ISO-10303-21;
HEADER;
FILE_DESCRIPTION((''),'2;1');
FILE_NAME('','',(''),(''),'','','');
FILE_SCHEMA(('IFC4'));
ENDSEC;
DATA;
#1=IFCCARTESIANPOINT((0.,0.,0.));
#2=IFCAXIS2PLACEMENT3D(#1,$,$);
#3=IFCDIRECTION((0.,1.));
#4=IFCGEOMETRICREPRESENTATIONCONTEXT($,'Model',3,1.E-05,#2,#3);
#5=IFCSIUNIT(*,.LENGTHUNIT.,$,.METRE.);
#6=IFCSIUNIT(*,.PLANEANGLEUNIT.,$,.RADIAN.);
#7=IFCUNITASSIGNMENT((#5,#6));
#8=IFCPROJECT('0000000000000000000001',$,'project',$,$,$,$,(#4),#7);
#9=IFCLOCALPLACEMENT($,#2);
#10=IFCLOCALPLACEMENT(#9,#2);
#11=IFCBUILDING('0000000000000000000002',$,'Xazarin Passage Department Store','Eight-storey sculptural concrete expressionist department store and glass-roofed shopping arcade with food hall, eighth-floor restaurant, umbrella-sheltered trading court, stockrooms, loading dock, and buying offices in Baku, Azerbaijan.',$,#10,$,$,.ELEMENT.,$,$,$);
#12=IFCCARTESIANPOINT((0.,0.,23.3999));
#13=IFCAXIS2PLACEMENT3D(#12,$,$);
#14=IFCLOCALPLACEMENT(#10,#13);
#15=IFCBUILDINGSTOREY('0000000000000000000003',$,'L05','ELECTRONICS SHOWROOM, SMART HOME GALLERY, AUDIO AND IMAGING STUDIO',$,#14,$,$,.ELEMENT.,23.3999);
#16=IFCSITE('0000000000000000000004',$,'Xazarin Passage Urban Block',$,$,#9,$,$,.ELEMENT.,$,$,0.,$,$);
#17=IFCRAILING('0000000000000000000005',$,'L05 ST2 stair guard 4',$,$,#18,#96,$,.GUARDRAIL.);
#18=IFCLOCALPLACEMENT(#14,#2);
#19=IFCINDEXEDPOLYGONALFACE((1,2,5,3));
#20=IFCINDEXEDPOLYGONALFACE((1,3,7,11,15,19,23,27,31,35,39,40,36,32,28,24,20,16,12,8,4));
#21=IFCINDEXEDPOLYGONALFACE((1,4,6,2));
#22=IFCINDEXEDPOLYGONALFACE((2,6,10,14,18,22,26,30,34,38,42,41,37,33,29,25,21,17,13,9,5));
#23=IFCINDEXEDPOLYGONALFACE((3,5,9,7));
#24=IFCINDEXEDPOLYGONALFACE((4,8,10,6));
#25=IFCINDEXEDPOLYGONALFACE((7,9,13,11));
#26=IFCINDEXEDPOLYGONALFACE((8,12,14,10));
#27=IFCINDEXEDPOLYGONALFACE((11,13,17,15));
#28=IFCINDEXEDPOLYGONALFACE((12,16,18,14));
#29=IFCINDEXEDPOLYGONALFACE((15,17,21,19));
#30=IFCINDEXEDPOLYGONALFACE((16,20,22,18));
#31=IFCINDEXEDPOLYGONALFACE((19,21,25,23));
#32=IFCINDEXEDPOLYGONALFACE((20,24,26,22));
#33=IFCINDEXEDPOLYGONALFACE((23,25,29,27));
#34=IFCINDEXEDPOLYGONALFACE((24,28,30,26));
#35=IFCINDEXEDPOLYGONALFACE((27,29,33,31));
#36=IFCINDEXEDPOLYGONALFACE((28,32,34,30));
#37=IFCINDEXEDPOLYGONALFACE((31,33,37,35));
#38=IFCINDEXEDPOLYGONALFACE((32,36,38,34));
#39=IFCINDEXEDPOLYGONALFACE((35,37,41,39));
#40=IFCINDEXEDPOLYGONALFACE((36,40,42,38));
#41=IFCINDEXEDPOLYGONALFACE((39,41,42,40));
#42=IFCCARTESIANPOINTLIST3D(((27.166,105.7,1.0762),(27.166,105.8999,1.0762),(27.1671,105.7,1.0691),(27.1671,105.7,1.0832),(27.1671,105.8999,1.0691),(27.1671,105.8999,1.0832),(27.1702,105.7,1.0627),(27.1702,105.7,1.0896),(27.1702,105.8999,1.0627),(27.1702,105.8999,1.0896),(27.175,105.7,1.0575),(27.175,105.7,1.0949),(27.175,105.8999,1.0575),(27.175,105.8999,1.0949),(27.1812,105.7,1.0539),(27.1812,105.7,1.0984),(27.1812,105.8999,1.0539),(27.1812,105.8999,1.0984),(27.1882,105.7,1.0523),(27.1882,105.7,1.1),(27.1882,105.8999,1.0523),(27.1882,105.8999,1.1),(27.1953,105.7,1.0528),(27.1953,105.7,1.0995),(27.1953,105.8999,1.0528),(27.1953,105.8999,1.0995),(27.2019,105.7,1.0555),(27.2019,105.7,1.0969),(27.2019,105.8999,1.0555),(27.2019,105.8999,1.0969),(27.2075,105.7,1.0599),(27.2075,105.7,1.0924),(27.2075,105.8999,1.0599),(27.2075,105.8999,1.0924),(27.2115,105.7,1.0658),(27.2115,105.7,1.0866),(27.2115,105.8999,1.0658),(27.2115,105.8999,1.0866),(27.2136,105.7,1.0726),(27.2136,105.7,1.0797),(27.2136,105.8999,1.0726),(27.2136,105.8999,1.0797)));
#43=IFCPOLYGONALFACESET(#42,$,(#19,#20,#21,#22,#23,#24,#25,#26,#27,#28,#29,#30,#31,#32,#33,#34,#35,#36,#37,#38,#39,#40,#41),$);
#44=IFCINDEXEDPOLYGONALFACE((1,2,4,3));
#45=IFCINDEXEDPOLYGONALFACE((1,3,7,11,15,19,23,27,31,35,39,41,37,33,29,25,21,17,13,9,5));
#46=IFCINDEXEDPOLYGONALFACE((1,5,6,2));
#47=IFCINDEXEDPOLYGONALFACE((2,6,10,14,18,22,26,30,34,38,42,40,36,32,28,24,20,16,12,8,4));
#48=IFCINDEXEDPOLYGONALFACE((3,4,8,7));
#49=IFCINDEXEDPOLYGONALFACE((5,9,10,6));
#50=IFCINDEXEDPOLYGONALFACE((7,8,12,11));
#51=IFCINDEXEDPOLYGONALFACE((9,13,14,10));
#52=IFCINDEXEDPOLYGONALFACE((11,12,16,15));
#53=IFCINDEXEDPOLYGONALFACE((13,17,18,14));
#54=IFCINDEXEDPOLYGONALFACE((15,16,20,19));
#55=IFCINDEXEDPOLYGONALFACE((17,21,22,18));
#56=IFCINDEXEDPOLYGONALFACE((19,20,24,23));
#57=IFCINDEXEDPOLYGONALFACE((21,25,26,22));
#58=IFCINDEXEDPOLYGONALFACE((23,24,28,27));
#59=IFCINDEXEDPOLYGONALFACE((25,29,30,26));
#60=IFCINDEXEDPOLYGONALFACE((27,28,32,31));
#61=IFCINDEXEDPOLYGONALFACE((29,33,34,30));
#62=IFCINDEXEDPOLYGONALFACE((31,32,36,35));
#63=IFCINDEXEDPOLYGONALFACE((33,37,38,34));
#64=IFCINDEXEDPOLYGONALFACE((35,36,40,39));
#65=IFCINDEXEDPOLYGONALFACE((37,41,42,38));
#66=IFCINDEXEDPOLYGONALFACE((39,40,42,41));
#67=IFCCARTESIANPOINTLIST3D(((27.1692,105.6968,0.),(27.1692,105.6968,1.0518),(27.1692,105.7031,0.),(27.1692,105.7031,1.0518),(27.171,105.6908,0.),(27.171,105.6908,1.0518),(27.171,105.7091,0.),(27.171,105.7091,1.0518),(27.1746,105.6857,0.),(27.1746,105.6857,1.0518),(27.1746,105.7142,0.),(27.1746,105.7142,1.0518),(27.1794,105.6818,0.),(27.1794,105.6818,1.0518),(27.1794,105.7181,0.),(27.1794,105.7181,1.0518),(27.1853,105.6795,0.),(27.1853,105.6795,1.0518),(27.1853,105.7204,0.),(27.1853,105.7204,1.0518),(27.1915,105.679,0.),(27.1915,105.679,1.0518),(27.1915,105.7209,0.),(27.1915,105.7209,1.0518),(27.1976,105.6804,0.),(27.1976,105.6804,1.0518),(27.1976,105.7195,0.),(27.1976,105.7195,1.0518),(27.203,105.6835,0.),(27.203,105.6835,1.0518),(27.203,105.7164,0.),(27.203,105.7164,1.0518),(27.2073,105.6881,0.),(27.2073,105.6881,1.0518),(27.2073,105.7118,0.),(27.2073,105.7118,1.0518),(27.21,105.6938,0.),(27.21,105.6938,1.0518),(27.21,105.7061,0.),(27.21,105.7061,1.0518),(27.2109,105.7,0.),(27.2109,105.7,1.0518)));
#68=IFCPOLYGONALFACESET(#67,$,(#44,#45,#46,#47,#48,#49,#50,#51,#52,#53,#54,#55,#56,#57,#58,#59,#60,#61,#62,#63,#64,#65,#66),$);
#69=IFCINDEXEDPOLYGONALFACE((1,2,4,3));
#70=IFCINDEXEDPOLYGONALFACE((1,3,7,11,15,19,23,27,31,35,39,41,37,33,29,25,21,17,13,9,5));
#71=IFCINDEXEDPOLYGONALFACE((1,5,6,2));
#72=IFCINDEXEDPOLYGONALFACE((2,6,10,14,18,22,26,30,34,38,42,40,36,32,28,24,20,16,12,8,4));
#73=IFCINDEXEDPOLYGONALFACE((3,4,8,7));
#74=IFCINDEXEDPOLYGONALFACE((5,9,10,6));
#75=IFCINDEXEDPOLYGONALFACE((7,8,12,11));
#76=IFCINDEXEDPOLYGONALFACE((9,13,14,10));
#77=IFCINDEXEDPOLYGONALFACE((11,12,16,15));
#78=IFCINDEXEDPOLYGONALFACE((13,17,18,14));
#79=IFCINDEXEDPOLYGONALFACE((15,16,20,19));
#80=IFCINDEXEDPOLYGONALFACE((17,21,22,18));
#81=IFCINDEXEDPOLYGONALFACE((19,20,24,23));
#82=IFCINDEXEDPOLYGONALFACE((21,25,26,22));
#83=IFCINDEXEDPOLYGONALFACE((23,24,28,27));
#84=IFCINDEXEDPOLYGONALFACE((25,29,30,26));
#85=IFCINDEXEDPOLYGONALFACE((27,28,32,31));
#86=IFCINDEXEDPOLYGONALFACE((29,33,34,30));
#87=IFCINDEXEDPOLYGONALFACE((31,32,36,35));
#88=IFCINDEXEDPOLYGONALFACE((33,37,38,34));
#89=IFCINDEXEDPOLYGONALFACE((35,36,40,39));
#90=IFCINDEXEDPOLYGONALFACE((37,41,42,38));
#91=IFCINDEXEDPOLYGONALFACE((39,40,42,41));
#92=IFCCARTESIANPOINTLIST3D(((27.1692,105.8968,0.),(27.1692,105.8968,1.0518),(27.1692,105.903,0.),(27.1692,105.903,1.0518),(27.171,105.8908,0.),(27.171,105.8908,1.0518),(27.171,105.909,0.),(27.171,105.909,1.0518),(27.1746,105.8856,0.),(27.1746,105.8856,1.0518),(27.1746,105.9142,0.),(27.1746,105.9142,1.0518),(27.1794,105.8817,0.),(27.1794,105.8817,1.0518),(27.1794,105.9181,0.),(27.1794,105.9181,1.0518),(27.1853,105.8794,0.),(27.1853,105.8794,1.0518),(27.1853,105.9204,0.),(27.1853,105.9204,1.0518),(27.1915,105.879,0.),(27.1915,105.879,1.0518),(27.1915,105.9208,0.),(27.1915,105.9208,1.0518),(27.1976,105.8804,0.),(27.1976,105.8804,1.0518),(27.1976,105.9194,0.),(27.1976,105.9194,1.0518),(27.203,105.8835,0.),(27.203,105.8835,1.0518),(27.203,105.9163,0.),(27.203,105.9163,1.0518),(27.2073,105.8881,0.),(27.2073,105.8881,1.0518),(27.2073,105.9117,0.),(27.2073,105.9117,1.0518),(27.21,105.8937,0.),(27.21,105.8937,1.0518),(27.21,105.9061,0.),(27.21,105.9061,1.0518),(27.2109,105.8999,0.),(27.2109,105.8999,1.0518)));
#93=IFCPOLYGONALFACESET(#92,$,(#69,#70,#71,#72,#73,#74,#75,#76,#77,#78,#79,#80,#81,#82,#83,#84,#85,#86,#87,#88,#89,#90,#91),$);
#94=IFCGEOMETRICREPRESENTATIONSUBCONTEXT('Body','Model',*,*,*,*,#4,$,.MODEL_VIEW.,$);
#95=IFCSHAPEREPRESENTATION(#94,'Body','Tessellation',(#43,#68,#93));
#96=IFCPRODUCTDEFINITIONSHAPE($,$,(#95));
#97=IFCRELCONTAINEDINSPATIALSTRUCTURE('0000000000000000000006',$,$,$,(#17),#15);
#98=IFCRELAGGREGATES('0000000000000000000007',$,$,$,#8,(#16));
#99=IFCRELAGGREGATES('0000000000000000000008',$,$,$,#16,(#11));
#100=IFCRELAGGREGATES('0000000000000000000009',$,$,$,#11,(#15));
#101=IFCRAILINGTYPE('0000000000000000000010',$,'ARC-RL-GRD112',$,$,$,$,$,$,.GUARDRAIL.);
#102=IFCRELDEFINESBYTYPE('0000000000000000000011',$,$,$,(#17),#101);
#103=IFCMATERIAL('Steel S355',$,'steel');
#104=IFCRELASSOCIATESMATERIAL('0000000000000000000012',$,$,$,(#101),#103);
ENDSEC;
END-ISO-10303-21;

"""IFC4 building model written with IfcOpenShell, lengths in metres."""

from ifc_helpers import new_model, si_unit, direction, frame, origin, origin_2d, place, context, subcontext, project, spatial, circle, extrude, material, type_object, element, save


model = new_model("IFC4")

# Units and contexts
model_context = context("Model", 3, precision=1e-05, world=origin(), true_north=direction((0.0, 1.0)))
body_context = subcontext(model_context, "Body", "Model", "MODEL_VIEW")
ifc_project = project(units=[si_unit("LENGTHUNIT", "METRE"), si_unit("PLANEANGLEUNIT", "RADIAN")], contexts=[model_context])

# Site, building, storey
site_placement = place(None, origin())
site = spatial("IfcSite", under=ifc_project, at=site_placement, Name="Xazarin Passage Urban Block", CompositionType="ELEMENT", RefElevation=0.0)
building_placement = place(site_placement, origin())
building = spatial("IfcBuilding", under=site, at=building_placement, Name="Xazarin Passage Department Store", Description="Eight-storey sculptural concrete expressionist department store and glass-roofed shopping arcade with food hall, eighth-floor restaurant, umbrella-sheltered trading court, stockrooms, loading dock, and buying offices in Baku, Azerbaijan.", CompositionType="ELEMENT")
storey_placement = place(building_placement, frame((0.0, 0.0, 23.3999)))
storey = spatial("IfcBuildingStorey", under=building, at=storey_placement, Name="L05", Description="ELECTRONICS SHOWROOM, SMART HOME GALLERY, AUDIO AND IMAGING STUDIO", CompositionType="ELEMENT", Elevation=23.3999)

# Railing
ifc_material_1 = material(Name="Steel S355", Category="steel")
railing_type_1 = type_object("IfcRailingType", Name="ARC-RL-GRD112", PredefinedType="GUARDRAIL", material=ifc_material_1)
railing_1_placement = place(storey_placement, frame((27.1899, 105.7, 0.0)))
element("IfcRailing", 1, at=railing_1_placement, inside=storey, type_object=railing_type_1, Name="L05 ST2 stair guard 4", PredefinedType="GUARDRAIL", context=body_context, shape_type="SweptSolid", body=[
    extrude(circle(Radius=0.0239, at=origin_2d()), frame((0.0, 0.0, 1.0762), z_axis=(0.0, 1.0, 0.0), x_axis=(-1.0, 0.0, 0.0)), (0.0, 0.0, 1.0), 0.2),
    extrude(circle(Radius=0.021, at=origin_2d()), origin(), (0.0, 0.0, 1.0), 1.0518),
    extrude(circle(Radius=0.021, at=origin_2d()), frame((0.0, 0.2, 0.0)), (0.0, 0.0, 1.0), 1.0518),
])

save(model, "model.ifc")
